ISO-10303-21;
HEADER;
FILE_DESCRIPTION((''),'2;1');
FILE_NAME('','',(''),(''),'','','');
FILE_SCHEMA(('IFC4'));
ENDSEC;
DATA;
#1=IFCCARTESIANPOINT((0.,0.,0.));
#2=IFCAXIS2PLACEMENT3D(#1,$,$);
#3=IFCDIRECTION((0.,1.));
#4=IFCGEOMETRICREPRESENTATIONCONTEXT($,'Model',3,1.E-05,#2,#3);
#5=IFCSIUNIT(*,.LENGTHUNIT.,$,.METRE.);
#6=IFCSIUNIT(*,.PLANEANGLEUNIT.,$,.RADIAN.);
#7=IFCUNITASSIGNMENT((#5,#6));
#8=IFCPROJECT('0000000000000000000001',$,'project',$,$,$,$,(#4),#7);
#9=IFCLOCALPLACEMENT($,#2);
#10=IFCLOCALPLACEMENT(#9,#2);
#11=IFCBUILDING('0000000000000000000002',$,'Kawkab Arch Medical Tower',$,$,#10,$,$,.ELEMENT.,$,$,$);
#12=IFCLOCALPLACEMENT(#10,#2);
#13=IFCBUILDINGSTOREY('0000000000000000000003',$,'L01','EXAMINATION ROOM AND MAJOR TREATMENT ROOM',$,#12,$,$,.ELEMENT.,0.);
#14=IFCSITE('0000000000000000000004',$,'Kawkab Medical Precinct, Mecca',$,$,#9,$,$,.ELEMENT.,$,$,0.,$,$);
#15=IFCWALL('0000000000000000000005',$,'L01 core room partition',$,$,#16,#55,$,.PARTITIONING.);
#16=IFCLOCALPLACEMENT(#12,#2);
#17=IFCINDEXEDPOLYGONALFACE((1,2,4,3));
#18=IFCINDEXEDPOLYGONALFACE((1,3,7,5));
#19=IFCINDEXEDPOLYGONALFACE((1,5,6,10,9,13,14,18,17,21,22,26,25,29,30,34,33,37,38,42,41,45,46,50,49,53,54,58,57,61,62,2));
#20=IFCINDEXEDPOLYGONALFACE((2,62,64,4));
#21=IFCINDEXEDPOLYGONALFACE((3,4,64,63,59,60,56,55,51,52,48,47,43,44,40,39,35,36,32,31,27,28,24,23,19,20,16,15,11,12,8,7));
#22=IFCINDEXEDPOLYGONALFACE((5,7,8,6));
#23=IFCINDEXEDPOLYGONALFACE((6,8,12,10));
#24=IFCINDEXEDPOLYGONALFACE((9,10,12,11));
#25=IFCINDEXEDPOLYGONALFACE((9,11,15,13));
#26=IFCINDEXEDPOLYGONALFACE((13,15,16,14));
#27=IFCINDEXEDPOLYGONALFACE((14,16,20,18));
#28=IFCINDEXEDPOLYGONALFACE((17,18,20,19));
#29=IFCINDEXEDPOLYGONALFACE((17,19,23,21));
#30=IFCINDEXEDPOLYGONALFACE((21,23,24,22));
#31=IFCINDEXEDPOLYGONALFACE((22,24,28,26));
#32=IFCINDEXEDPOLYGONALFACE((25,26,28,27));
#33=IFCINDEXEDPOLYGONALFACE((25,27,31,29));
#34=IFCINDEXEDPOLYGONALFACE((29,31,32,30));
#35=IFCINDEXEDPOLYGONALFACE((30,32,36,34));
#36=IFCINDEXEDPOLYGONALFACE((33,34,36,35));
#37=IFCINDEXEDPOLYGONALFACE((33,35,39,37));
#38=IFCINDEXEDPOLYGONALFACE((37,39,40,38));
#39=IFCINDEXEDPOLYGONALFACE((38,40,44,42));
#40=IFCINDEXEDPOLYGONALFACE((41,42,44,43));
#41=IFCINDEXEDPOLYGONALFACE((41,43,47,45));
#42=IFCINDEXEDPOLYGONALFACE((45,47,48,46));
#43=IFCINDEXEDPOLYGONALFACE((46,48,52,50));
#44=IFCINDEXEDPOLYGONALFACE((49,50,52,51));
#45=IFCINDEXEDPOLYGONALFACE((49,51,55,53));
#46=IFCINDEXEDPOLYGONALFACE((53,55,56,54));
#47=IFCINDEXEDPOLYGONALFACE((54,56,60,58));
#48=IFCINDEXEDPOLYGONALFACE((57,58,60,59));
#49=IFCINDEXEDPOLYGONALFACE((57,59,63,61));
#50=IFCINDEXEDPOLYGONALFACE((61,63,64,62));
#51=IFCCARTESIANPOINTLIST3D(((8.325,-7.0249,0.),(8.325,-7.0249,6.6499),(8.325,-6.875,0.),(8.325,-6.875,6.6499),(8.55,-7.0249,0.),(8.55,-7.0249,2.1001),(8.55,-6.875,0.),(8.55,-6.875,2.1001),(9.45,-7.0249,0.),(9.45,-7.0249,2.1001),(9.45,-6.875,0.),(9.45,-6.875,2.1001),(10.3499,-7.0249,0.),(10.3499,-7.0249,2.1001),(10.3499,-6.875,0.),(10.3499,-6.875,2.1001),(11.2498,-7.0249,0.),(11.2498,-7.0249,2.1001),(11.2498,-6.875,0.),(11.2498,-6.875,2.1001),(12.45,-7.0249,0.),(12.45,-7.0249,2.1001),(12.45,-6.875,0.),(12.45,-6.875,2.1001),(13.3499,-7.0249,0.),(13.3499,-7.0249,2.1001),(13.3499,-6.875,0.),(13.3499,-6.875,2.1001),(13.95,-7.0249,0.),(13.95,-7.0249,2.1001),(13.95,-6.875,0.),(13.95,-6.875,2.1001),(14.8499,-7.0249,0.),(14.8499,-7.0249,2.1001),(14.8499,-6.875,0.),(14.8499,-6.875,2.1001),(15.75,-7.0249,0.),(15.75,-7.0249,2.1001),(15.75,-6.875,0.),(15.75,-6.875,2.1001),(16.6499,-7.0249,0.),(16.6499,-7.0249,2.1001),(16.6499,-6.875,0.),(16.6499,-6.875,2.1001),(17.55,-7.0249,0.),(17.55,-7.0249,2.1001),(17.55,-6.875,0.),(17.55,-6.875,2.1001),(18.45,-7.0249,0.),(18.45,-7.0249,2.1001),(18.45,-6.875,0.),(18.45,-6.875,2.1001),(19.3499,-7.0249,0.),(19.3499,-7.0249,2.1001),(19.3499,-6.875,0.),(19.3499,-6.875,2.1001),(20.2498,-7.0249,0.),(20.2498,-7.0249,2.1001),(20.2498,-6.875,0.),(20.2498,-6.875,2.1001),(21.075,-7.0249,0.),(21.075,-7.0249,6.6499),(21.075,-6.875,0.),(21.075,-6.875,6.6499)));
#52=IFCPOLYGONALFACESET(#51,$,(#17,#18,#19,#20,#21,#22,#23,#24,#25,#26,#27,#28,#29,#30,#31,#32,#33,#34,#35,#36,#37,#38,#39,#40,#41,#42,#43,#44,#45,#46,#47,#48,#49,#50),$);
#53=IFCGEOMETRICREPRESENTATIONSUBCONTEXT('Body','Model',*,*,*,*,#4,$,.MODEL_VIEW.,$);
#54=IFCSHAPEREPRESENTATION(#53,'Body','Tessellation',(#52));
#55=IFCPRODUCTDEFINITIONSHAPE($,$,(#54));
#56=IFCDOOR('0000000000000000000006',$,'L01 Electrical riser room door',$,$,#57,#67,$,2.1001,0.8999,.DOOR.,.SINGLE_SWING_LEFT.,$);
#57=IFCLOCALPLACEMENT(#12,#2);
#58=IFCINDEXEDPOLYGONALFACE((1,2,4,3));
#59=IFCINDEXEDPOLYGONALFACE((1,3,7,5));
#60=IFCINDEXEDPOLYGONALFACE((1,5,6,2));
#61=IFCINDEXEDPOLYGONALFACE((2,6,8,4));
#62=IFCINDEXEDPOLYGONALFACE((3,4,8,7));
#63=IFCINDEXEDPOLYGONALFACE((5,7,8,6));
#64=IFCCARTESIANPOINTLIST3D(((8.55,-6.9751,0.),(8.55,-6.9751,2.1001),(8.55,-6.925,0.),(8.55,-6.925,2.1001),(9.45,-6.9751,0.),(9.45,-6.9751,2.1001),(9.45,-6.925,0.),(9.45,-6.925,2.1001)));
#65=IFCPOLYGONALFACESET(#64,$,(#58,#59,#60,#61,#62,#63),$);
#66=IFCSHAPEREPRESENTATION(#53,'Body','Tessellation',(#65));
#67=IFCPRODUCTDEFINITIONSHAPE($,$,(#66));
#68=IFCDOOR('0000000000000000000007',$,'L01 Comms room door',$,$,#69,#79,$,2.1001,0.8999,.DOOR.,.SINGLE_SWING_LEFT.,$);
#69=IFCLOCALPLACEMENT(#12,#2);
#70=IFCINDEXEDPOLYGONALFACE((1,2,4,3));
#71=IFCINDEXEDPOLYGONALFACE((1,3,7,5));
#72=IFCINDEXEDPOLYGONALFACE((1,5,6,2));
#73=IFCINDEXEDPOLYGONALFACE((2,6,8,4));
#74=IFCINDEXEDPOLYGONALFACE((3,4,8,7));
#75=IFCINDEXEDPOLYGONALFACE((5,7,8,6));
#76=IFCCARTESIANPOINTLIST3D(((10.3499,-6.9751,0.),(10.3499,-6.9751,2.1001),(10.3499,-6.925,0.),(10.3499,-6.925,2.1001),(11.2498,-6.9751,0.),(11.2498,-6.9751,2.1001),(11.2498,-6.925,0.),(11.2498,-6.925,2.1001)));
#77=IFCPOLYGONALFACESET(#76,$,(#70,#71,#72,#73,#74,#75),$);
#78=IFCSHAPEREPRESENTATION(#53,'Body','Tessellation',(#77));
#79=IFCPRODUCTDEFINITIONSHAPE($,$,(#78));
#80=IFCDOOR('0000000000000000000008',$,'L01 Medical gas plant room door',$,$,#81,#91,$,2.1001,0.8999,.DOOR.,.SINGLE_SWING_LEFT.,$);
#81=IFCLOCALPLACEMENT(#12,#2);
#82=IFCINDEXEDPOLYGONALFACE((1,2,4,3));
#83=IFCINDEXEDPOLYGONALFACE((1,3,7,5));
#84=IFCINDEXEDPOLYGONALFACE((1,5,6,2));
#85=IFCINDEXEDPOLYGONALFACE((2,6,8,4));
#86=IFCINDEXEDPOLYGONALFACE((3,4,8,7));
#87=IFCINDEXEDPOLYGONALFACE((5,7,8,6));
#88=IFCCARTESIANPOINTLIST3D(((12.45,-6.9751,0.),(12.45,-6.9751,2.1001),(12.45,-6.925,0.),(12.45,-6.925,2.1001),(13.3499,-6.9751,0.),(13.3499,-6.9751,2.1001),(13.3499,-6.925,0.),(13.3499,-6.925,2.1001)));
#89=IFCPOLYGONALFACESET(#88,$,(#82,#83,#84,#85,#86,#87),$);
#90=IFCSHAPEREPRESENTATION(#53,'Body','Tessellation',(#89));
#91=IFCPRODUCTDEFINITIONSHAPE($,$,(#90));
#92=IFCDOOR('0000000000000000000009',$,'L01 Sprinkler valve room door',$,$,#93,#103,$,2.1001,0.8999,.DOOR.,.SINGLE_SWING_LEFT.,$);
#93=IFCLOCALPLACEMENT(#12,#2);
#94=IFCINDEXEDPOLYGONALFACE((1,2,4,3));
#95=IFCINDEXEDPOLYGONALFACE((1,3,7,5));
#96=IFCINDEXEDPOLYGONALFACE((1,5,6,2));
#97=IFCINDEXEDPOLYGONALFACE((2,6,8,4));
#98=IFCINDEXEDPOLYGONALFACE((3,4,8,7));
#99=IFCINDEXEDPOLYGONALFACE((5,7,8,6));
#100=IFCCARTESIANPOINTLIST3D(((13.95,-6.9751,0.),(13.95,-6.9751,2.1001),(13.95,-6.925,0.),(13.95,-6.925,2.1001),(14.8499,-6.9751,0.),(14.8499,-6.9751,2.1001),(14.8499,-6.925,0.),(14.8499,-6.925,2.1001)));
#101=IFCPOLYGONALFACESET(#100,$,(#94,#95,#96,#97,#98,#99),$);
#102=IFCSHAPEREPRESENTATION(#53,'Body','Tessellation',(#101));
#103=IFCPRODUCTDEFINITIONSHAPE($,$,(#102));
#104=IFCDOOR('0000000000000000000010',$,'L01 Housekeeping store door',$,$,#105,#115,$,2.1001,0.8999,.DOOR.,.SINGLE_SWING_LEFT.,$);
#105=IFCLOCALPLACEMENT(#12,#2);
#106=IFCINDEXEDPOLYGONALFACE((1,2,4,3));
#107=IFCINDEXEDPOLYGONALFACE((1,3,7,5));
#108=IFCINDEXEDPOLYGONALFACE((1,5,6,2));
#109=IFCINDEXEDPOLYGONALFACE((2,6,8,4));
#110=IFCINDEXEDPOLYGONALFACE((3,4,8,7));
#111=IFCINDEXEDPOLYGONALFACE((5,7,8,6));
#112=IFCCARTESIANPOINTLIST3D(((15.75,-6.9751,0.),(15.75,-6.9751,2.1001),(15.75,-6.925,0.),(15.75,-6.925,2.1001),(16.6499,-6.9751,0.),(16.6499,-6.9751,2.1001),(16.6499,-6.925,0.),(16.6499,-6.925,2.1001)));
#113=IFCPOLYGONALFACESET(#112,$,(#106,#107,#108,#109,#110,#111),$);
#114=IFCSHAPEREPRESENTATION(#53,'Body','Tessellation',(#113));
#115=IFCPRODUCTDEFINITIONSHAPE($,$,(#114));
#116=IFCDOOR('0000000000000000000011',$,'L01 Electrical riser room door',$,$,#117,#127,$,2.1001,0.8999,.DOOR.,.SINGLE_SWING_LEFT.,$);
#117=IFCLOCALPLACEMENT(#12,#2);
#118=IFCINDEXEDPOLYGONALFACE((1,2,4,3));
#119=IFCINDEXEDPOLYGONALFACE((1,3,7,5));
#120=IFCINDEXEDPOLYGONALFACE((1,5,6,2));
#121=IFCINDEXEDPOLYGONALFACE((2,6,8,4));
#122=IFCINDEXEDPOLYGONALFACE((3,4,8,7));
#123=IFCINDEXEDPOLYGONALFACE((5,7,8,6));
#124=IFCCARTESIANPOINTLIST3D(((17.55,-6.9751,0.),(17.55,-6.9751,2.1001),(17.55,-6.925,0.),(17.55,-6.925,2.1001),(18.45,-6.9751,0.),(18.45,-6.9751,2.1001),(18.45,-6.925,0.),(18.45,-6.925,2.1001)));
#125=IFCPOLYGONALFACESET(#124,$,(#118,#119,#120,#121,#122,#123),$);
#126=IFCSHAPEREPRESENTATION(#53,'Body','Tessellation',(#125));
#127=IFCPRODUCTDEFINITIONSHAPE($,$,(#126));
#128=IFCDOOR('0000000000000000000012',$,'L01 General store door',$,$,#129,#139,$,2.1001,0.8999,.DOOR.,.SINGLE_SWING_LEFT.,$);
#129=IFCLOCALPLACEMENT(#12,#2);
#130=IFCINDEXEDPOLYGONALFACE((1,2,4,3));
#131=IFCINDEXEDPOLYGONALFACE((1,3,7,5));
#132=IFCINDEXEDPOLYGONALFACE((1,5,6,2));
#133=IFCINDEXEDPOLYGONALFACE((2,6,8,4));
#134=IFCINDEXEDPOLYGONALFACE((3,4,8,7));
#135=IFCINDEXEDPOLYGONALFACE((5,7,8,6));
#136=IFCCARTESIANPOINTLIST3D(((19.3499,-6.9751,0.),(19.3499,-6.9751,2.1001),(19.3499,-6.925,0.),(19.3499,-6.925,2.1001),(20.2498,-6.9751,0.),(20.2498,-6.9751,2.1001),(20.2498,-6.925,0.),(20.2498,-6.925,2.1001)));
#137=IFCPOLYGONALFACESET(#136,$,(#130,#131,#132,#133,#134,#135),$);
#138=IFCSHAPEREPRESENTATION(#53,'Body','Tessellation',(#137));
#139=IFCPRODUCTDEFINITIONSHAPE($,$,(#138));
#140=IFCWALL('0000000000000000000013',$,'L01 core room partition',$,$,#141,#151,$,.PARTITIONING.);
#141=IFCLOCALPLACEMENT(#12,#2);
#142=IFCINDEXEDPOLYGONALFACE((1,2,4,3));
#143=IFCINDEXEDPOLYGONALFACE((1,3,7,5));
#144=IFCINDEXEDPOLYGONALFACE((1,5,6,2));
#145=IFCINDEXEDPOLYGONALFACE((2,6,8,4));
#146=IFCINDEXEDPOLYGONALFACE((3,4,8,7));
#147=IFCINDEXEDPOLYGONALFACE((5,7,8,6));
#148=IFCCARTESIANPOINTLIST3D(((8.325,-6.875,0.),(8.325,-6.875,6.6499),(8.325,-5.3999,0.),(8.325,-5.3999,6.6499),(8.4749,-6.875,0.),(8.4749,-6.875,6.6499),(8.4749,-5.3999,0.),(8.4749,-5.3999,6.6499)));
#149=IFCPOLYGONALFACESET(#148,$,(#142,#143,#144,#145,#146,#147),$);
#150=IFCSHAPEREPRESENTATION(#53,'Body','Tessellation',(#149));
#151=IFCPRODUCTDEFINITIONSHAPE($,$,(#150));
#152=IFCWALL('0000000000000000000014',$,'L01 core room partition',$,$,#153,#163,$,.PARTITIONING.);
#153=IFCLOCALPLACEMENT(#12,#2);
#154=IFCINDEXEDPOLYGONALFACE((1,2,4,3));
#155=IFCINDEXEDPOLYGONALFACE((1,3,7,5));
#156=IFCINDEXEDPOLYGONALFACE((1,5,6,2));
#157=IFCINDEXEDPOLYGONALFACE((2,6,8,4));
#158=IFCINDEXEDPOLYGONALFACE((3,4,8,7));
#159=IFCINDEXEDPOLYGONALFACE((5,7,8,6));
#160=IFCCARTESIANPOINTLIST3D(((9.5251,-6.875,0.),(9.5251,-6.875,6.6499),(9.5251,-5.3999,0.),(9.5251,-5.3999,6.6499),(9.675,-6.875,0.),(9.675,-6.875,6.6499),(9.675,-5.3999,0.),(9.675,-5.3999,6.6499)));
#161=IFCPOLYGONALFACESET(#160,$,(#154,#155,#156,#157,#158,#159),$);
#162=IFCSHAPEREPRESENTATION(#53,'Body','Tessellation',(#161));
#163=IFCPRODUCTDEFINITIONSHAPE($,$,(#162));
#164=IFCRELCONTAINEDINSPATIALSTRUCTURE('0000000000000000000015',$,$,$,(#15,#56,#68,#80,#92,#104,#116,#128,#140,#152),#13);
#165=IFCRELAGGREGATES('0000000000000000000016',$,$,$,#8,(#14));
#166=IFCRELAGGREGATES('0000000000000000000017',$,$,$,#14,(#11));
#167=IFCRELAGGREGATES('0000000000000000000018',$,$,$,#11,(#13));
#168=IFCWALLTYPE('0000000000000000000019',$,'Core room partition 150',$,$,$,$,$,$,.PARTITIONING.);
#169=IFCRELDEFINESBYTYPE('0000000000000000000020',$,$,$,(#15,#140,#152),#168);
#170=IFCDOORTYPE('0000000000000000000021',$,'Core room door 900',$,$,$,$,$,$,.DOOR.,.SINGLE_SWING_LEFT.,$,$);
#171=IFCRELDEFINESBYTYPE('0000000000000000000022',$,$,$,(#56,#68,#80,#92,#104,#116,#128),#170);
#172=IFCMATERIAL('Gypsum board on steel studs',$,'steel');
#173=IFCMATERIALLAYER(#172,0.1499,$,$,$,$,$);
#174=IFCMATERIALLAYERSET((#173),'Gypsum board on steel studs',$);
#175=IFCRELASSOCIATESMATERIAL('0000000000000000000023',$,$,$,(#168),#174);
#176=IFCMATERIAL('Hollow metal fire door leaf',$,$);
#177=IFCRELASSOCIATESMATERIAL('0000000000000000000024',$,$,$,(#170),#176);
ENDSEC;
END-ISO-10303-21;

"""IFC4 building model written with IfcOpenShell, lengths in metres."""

from ifc_helpers import new_model, si_unit, direction, frame, frame_2d, origin, place, context, subcontext, project, spatial, rectangle, extrude, material, layer, layer_set, type_object, element, fill, save


model = new_model("IFC4")

# Units and contexts
model_context = context("Model", 3, precision=1e-05, world=origin(), true_north=direction((0.0, 1.0)))
body_context = subcontext(model_context, "Body", "Model", "MODEL_VIEW")
ifc_project = project(units=[si_unit("LENGTHUNIT", "METRE"), si_unit("PLANEANGLEUNIT", "RADIAN")], contexts=[model_context])

# Site, building, storey
site_placement = place(None, origin())
site = spatial("IfcSite", under=ifc_project, at=site_placement, Name="Kawkab Medical Precinct, Mecca", CompositionType="ELEMENT", RefElevation=0.0)
building_placement = place(site_placement, origin())
building = spatial("IfcBuilding", under=site, at=building_placement, Name="Kawkab Arch Medical Tower", CompositionType="ELEMENT")
storey_placement = place(building_placement, origin())
storey = spatial("IfcBuildingStorey", under=building, at=storey_placement, Name="L01", Description="EXAMINATION ROOM AND MAJOR TREATMENT ROOM", CompositionType="ELEMENT", Elevation=0.0)

# Wall, openings, doors
ifc_material_1 = material(Name="Gypsum board on steel studs", Category="steel")
ifc_layer_1 = layer(ifc_material_1, 0.1499)
ifc_layer_set_1 = layer_set([ifc_layer_1], Name="Gypsum board on steel studs")
wall_type_1 = type_object("IfcWallType", Name="Core room partition 150", PredefinedType="PARTITIONING", material=ifc_layer_set_1)
wall_1_placement = place(storey_placement, frame((8.325, -6.95, 0.0), z_axis=(0.0, 0.0, 1.0), x_axis=(1.0, 0.0, 0.0)))
wall_1 = element("IfcWall", 1, at=wall_1_placement, inside=storey, type_object=wall_type_1, Name="L01 core room partition", PredefinedType="PARTITIONING", context=body_context, shape_type="SweptSolid", body=[
    extrude(rectangle(XDim=12.75, YDim=0.1499, at=frame_2d((6.375, 0.0))), origin(), (0.0, 0.0, 1.0), 6.6499),
])
opening_1_placement = place(wall_1_placement, frame((0.2251, 0.0, 0.0)))
opening_1 = element("IfcOpeningElement", 2, at=opening_1_placement, cuts=wall_1, PredefinedType="OPENING", context=body_context, shape_type="SweptSolid", body=[
    extrude(rectangle(XDim=0.8999, YDim=2.1001, at=frame_2d((0.45, 1.05))), frame((0.0, 0.085, 0.0), z_axis=(0.0, -1.0, 0.0), x_axis=(1.0, 0.0, 0.0)), (0.0, 0.0, 1.0), 0.1699),
])
opening_2_placement = place(wall_1_placement, frame((2.0249, 0.0, 0.0)))
opening_2 = element("IfcOpeningElement", 3, at=opening_2_placement, cuts=wall_1, PredefinedType="OPENING", context=body_context, shape_type="SweptSolid", body=[
    extrude(rectangle(XDim=0.8999, YDim=2.1001, at=frame_2d((0.45, 1.05))), frame((0.0, 0.085, 0.0), z_axis=(0.0, -1.0, 0.0), x_axis=(1.0, 0.0, 0.0)), (0.0, 0.0, 1.0), 0.1699),
])
opening_3_placement = place(wall_1_placement, frame((4.125, 0.0, 0.0)))
opening_3 = element("IfcOpeningElement", 4, at=opening_3_placement, cuts=wall_1, PredefinedType="OPENING", context=body_context, shape_type="SweptSolid", body=[
    extrude(rectangle(XDim=0.8999, YDim=2.1001, at=frame_2d((0.45, 1.05))), frame((0.0, 0.085, 0.0), z_axis=(0.0, -1.0, 0.0), x_axis=(1.0, 0.0, 0.0)), (0.0, 0.0, 1.0), 0.1699),
])
opening_4_placement = place(wall_1_placement, frame((5.625, 0.0, 0.0)))
opening_4 = element("IfcOpeningElement", 5, at=opening_4_placement, cuts=wall_1, PredefinedType="OPENING", context=body_context, shape_type="SweptSolid", body=[
    extrude(rectangle(XDim=0.8999, YDim=2.1001, at=frame_2d((0.45, 1.05))), frame((0.0, 0.085, 0.0), z_axis=(0.0, -1.0, 0.0), x_axis=(1.0, 0.0, 0.0)), (0.0, 0.0, 1.0), 0.1699),
])
opening_5_placement = place(wall_1_placement, frame((7.425, 0.0, 0.0)))
opening_5 = element("IfcOpeningElement", 6, at=opening_5_placement, cuts=wall_1, PredefinedType="OPENING", context=body_context, shape_type="SweptSolid", body=[
    extrude(rectangle(XDim=0.8999, YDim=2.1001, at=frame_2d((0.45, 1.05))), frame((0.0, 0.085, 0.0), z_axis=(0.0, -1.0, 0.0), x_axis=(1.0, 0.0, 0.0)), (0.0, 0.0, 1.0), 0.1699),
])
opening_6_placement = place(wall_1_placement, frame((9.2251, 0.0, 0.0)))
opening_6 = element("IfcOpeningElement", 7, at=opening_6_placement, cuts=wall_1, PredefinedType="OPENING", context=body_context, shape_type="SweptSolid", body=[
    extrude(rectangle(XDim=0.8999, YDim=2.1001, at=frame_2d((0.45, 1.05))), frame((0.0, 0.085, 0.0), z_axis=(0.0, -1.0, 0.0), x_axis=(1.0, 0.0, 0.0)), (0.0, 0.0, 1.0), 0.1699),
])
opening_7_placement = place(wall_1_placement, frame((11.0249, 0.0, 0.0)))
opening_7 = element("IfcOpeningElement", 8, at=opening_7_placement, cuts=wall_1, PredefinedType="OPENING", context=body_context, shape_type="SweptSolid", body=[
    extrude(rectangle(XDim=0.8999, YDim=2.1001, at=frame_2d((0.45, 1.05))), frame((0.0, 0.085, 0.0), z_axis=(0.0, -1.0, 0.0), x_axis=(1.0, 0.0, 0.0)), (0.0, 0.0, 1.0), 0.1699),
])
ifc_material_2 = material(Name="Hollow metal fire door leaf")
door_type = type_object("IfcDoorType", Name="Core room door 900", OperationType="SINGLE_SWING_LEFT", PredefinedType="DOOR", material=ifc_material_2)
door_1_placement = place(opening_1_placement, origin())
door_1 = element("IfcDoor", 9, at=door_1_placement, inside=storey, type_object=door_type, Name="L01 Electrical riser room door", OperationType="SINGLE_SWING_LEFT", OverallHeight=2.1001, OverallWidth=0.8999, PredefinedType="DOOR", context=body_context, shape_type="SweptSolid", body=[
    extrude(rectangle(XDim=0.8999, YDim=2.1001, at=frame_2d((0.45, 1.05))), frame((0.0, 0.0249, 0.0), z_axis=(0.0, -1.0, 0.0), x_axis=(1.0, 0.0, 0.0)), (0.0, 0.0, 1.0), 0.05),
])
fill(opening_1, door_1)
door_2_placement = place(opening_2_placement, origin())
door_2 = element("IfcDoor", 10, at=door_2_placement, inside=storey, type_object=door_type, Name="L01 Comms room door", OperationType="SINGLE_SWING_LEFT", OverallHeight=2.1001, OverallWidth=0.8999, PredefinedType="DOOR", context=body_context, shape_type="SweptSolid", body=[
    extrude(rectangle(XDim=0.8999, YDim=2.1001, at=frame_2d((0.45, 1.05))), frame((0.0, 0.0249, 0.0), z_axis=(0.0, -1.0, 0.0), x_axis=(1.0, 0.0, 0.0)), (0.0, 0.0, 1.0), 0.05),
])
fill(opening_2, door_2)
door_3_placement = place(opening_3_placement, origin())
door_3 = element("IfcDoor", 11, at=door_3_placement, inside=storey, type_object=door_type, Name="L01 Medical gas plant room door", OperationType="SINGLE_SWING_LEFT", OverallHeight=2.1001, OverallWidth=0.8999, PredefinedType="DOOR", context=body_context, shape_type="SweptSolid", body=[
    extrude(rectangle(XDim=0.8999, YDim=2.1001, at=frame_2d((0.45, 1.05))), frame((0.0, 0.0249, 0.0), z_axis=(0.0, -1.0, 0.0), x_axis=(1.0, 0.0, 0.0)), (0.0, 0.0, 1.0), 0.05),
])
fill(opening_3, door_3)
door_4_placement = place(opening_4_placement, origin())
door_4 = element("IfcDoor", 12, at=door_4_placement, inside=storey, type_object=door_type, Name="L01 Sprinkler valve room door", OperationType="SINGLE_SWING_LEFT", OverallHeight=2.1001, OverallWidth=0.8999, PredefinedType="DOOR", context=body_context, shape_type="SweptSolid", body=[
    extrude(rectangle(XDim=0.8999, YDim=2.1001, at=frame_2d((0.45, 1.05))), frame((0.0, 0.0249, 0.0), z_axis=(0.0, -1.0, 0.0), x_axis=(1.0, 0.0, 0.0)), (0.0, 0.0, 1.0), 0.05),
])
fill(opening_4, door_4)
door_5_placement = place(opening_5_placement, origin())
door_5 = element("IfcDoor", 13, at=door_5_placement, inside=storey, type_object=door_type, Name="L01 Housekeeping store door", OperationType="SINGLE_SWING_LEFT", OverallHeight=2.1001, OverallWidth=0.8999, PredefinedType="DOOR", context=body_context, shape_type="SweptSolid", body=[
    extrude(rectangle(XDim=0.8999, YDim=2.1001, at=frame_2d((0.45, 1.05))), frame((0.0, 0.0249, 0.0), z_axis=(0.0, -1.0, 0.0), x_axis=(1.0, 0.0, 0.0)), (0.0, 0.0, 1.0), 0.05),
])
fill(opening_5, door_5)
door_6_placement = place(opening_6_placement, origin())
door_6 = element("IfcDoor", 14, at=door_6_placement, inside=storey, type_object=door_type, Name="L01 Electrical riser room door", OperationType="SINGLE_SWING_LEFT", OverallHeight=2.1001, OverallWidth=0.8999, PredefinedType="DOOR", context=body_context, shape_type="SweptSolid", body=[
    extrude(rectangle(XDim=0.8999, YDim=2.1001, at=frame_2d((0.45, 1.05))), frame((0.0, 0.0249, 0.0), z_axis=(0.0, -1.0, 0.0), x_axis=(1.0, 0.0, 0.0)), (0.0, 0.0, 1.0), 0.05),
])
fill(opening_6, door_6)
door_7_placement = place(opening_7_placement, origin())
door_7 = element("IfcDoor", 15, at=door_7_placement, inside=storey, type_object=door_type, Name="L01 General store door", OperationType="SINGLE_SWING_LEFT", OverallHeight=2.1001, OverallWidth=0.8999, PredefinedType="DOOR", context=body_context, shape_type="SweptSolid", body=[
    extrude(rectangle(XDim=0.8999, YDim=2.1001, at=frame_2d((0.45, 1.05))), frame((0.0, 0.0249, 0.0), z_axis=(0.0, -1.0, 0.0), x_axis=(1.0, 0.0, 0.0)), (0.0, 0.0, 1.0), 0.05),
])
fill(opening_7, door_7)

# Walls
for number, where, z_axis, x_axis, name in (
    (16, (8.3999, -6.875, 0.0), (0.0, 0.0, 1.0), (0.0, 1.0, 0.0), "L01 core room partition"),
    (17, (9.6001, -6.875, 0.0), (0.0, 0.0, 1.0), (0.0, 1.0, 0.0), "L01 core room partition"),
):
    element("IfcWall", number, at=place(storey_placement, frame(where, z_axis=z_axis, x_axis=x_axis)), inside=storey, type_object=wall_type_1, Name=name, PredefinedType="PARTITIONING", context=body_context, shape_type="SweptSolid", body=[
        extrude(rectangle(XDim=1.4751, YDim=0.1499, at=frame_2d((0.7375, 0.0))), origin(), (0.0, 0.0, 1.0), 6.6499),
    ])

save(model, "model.ifc")
